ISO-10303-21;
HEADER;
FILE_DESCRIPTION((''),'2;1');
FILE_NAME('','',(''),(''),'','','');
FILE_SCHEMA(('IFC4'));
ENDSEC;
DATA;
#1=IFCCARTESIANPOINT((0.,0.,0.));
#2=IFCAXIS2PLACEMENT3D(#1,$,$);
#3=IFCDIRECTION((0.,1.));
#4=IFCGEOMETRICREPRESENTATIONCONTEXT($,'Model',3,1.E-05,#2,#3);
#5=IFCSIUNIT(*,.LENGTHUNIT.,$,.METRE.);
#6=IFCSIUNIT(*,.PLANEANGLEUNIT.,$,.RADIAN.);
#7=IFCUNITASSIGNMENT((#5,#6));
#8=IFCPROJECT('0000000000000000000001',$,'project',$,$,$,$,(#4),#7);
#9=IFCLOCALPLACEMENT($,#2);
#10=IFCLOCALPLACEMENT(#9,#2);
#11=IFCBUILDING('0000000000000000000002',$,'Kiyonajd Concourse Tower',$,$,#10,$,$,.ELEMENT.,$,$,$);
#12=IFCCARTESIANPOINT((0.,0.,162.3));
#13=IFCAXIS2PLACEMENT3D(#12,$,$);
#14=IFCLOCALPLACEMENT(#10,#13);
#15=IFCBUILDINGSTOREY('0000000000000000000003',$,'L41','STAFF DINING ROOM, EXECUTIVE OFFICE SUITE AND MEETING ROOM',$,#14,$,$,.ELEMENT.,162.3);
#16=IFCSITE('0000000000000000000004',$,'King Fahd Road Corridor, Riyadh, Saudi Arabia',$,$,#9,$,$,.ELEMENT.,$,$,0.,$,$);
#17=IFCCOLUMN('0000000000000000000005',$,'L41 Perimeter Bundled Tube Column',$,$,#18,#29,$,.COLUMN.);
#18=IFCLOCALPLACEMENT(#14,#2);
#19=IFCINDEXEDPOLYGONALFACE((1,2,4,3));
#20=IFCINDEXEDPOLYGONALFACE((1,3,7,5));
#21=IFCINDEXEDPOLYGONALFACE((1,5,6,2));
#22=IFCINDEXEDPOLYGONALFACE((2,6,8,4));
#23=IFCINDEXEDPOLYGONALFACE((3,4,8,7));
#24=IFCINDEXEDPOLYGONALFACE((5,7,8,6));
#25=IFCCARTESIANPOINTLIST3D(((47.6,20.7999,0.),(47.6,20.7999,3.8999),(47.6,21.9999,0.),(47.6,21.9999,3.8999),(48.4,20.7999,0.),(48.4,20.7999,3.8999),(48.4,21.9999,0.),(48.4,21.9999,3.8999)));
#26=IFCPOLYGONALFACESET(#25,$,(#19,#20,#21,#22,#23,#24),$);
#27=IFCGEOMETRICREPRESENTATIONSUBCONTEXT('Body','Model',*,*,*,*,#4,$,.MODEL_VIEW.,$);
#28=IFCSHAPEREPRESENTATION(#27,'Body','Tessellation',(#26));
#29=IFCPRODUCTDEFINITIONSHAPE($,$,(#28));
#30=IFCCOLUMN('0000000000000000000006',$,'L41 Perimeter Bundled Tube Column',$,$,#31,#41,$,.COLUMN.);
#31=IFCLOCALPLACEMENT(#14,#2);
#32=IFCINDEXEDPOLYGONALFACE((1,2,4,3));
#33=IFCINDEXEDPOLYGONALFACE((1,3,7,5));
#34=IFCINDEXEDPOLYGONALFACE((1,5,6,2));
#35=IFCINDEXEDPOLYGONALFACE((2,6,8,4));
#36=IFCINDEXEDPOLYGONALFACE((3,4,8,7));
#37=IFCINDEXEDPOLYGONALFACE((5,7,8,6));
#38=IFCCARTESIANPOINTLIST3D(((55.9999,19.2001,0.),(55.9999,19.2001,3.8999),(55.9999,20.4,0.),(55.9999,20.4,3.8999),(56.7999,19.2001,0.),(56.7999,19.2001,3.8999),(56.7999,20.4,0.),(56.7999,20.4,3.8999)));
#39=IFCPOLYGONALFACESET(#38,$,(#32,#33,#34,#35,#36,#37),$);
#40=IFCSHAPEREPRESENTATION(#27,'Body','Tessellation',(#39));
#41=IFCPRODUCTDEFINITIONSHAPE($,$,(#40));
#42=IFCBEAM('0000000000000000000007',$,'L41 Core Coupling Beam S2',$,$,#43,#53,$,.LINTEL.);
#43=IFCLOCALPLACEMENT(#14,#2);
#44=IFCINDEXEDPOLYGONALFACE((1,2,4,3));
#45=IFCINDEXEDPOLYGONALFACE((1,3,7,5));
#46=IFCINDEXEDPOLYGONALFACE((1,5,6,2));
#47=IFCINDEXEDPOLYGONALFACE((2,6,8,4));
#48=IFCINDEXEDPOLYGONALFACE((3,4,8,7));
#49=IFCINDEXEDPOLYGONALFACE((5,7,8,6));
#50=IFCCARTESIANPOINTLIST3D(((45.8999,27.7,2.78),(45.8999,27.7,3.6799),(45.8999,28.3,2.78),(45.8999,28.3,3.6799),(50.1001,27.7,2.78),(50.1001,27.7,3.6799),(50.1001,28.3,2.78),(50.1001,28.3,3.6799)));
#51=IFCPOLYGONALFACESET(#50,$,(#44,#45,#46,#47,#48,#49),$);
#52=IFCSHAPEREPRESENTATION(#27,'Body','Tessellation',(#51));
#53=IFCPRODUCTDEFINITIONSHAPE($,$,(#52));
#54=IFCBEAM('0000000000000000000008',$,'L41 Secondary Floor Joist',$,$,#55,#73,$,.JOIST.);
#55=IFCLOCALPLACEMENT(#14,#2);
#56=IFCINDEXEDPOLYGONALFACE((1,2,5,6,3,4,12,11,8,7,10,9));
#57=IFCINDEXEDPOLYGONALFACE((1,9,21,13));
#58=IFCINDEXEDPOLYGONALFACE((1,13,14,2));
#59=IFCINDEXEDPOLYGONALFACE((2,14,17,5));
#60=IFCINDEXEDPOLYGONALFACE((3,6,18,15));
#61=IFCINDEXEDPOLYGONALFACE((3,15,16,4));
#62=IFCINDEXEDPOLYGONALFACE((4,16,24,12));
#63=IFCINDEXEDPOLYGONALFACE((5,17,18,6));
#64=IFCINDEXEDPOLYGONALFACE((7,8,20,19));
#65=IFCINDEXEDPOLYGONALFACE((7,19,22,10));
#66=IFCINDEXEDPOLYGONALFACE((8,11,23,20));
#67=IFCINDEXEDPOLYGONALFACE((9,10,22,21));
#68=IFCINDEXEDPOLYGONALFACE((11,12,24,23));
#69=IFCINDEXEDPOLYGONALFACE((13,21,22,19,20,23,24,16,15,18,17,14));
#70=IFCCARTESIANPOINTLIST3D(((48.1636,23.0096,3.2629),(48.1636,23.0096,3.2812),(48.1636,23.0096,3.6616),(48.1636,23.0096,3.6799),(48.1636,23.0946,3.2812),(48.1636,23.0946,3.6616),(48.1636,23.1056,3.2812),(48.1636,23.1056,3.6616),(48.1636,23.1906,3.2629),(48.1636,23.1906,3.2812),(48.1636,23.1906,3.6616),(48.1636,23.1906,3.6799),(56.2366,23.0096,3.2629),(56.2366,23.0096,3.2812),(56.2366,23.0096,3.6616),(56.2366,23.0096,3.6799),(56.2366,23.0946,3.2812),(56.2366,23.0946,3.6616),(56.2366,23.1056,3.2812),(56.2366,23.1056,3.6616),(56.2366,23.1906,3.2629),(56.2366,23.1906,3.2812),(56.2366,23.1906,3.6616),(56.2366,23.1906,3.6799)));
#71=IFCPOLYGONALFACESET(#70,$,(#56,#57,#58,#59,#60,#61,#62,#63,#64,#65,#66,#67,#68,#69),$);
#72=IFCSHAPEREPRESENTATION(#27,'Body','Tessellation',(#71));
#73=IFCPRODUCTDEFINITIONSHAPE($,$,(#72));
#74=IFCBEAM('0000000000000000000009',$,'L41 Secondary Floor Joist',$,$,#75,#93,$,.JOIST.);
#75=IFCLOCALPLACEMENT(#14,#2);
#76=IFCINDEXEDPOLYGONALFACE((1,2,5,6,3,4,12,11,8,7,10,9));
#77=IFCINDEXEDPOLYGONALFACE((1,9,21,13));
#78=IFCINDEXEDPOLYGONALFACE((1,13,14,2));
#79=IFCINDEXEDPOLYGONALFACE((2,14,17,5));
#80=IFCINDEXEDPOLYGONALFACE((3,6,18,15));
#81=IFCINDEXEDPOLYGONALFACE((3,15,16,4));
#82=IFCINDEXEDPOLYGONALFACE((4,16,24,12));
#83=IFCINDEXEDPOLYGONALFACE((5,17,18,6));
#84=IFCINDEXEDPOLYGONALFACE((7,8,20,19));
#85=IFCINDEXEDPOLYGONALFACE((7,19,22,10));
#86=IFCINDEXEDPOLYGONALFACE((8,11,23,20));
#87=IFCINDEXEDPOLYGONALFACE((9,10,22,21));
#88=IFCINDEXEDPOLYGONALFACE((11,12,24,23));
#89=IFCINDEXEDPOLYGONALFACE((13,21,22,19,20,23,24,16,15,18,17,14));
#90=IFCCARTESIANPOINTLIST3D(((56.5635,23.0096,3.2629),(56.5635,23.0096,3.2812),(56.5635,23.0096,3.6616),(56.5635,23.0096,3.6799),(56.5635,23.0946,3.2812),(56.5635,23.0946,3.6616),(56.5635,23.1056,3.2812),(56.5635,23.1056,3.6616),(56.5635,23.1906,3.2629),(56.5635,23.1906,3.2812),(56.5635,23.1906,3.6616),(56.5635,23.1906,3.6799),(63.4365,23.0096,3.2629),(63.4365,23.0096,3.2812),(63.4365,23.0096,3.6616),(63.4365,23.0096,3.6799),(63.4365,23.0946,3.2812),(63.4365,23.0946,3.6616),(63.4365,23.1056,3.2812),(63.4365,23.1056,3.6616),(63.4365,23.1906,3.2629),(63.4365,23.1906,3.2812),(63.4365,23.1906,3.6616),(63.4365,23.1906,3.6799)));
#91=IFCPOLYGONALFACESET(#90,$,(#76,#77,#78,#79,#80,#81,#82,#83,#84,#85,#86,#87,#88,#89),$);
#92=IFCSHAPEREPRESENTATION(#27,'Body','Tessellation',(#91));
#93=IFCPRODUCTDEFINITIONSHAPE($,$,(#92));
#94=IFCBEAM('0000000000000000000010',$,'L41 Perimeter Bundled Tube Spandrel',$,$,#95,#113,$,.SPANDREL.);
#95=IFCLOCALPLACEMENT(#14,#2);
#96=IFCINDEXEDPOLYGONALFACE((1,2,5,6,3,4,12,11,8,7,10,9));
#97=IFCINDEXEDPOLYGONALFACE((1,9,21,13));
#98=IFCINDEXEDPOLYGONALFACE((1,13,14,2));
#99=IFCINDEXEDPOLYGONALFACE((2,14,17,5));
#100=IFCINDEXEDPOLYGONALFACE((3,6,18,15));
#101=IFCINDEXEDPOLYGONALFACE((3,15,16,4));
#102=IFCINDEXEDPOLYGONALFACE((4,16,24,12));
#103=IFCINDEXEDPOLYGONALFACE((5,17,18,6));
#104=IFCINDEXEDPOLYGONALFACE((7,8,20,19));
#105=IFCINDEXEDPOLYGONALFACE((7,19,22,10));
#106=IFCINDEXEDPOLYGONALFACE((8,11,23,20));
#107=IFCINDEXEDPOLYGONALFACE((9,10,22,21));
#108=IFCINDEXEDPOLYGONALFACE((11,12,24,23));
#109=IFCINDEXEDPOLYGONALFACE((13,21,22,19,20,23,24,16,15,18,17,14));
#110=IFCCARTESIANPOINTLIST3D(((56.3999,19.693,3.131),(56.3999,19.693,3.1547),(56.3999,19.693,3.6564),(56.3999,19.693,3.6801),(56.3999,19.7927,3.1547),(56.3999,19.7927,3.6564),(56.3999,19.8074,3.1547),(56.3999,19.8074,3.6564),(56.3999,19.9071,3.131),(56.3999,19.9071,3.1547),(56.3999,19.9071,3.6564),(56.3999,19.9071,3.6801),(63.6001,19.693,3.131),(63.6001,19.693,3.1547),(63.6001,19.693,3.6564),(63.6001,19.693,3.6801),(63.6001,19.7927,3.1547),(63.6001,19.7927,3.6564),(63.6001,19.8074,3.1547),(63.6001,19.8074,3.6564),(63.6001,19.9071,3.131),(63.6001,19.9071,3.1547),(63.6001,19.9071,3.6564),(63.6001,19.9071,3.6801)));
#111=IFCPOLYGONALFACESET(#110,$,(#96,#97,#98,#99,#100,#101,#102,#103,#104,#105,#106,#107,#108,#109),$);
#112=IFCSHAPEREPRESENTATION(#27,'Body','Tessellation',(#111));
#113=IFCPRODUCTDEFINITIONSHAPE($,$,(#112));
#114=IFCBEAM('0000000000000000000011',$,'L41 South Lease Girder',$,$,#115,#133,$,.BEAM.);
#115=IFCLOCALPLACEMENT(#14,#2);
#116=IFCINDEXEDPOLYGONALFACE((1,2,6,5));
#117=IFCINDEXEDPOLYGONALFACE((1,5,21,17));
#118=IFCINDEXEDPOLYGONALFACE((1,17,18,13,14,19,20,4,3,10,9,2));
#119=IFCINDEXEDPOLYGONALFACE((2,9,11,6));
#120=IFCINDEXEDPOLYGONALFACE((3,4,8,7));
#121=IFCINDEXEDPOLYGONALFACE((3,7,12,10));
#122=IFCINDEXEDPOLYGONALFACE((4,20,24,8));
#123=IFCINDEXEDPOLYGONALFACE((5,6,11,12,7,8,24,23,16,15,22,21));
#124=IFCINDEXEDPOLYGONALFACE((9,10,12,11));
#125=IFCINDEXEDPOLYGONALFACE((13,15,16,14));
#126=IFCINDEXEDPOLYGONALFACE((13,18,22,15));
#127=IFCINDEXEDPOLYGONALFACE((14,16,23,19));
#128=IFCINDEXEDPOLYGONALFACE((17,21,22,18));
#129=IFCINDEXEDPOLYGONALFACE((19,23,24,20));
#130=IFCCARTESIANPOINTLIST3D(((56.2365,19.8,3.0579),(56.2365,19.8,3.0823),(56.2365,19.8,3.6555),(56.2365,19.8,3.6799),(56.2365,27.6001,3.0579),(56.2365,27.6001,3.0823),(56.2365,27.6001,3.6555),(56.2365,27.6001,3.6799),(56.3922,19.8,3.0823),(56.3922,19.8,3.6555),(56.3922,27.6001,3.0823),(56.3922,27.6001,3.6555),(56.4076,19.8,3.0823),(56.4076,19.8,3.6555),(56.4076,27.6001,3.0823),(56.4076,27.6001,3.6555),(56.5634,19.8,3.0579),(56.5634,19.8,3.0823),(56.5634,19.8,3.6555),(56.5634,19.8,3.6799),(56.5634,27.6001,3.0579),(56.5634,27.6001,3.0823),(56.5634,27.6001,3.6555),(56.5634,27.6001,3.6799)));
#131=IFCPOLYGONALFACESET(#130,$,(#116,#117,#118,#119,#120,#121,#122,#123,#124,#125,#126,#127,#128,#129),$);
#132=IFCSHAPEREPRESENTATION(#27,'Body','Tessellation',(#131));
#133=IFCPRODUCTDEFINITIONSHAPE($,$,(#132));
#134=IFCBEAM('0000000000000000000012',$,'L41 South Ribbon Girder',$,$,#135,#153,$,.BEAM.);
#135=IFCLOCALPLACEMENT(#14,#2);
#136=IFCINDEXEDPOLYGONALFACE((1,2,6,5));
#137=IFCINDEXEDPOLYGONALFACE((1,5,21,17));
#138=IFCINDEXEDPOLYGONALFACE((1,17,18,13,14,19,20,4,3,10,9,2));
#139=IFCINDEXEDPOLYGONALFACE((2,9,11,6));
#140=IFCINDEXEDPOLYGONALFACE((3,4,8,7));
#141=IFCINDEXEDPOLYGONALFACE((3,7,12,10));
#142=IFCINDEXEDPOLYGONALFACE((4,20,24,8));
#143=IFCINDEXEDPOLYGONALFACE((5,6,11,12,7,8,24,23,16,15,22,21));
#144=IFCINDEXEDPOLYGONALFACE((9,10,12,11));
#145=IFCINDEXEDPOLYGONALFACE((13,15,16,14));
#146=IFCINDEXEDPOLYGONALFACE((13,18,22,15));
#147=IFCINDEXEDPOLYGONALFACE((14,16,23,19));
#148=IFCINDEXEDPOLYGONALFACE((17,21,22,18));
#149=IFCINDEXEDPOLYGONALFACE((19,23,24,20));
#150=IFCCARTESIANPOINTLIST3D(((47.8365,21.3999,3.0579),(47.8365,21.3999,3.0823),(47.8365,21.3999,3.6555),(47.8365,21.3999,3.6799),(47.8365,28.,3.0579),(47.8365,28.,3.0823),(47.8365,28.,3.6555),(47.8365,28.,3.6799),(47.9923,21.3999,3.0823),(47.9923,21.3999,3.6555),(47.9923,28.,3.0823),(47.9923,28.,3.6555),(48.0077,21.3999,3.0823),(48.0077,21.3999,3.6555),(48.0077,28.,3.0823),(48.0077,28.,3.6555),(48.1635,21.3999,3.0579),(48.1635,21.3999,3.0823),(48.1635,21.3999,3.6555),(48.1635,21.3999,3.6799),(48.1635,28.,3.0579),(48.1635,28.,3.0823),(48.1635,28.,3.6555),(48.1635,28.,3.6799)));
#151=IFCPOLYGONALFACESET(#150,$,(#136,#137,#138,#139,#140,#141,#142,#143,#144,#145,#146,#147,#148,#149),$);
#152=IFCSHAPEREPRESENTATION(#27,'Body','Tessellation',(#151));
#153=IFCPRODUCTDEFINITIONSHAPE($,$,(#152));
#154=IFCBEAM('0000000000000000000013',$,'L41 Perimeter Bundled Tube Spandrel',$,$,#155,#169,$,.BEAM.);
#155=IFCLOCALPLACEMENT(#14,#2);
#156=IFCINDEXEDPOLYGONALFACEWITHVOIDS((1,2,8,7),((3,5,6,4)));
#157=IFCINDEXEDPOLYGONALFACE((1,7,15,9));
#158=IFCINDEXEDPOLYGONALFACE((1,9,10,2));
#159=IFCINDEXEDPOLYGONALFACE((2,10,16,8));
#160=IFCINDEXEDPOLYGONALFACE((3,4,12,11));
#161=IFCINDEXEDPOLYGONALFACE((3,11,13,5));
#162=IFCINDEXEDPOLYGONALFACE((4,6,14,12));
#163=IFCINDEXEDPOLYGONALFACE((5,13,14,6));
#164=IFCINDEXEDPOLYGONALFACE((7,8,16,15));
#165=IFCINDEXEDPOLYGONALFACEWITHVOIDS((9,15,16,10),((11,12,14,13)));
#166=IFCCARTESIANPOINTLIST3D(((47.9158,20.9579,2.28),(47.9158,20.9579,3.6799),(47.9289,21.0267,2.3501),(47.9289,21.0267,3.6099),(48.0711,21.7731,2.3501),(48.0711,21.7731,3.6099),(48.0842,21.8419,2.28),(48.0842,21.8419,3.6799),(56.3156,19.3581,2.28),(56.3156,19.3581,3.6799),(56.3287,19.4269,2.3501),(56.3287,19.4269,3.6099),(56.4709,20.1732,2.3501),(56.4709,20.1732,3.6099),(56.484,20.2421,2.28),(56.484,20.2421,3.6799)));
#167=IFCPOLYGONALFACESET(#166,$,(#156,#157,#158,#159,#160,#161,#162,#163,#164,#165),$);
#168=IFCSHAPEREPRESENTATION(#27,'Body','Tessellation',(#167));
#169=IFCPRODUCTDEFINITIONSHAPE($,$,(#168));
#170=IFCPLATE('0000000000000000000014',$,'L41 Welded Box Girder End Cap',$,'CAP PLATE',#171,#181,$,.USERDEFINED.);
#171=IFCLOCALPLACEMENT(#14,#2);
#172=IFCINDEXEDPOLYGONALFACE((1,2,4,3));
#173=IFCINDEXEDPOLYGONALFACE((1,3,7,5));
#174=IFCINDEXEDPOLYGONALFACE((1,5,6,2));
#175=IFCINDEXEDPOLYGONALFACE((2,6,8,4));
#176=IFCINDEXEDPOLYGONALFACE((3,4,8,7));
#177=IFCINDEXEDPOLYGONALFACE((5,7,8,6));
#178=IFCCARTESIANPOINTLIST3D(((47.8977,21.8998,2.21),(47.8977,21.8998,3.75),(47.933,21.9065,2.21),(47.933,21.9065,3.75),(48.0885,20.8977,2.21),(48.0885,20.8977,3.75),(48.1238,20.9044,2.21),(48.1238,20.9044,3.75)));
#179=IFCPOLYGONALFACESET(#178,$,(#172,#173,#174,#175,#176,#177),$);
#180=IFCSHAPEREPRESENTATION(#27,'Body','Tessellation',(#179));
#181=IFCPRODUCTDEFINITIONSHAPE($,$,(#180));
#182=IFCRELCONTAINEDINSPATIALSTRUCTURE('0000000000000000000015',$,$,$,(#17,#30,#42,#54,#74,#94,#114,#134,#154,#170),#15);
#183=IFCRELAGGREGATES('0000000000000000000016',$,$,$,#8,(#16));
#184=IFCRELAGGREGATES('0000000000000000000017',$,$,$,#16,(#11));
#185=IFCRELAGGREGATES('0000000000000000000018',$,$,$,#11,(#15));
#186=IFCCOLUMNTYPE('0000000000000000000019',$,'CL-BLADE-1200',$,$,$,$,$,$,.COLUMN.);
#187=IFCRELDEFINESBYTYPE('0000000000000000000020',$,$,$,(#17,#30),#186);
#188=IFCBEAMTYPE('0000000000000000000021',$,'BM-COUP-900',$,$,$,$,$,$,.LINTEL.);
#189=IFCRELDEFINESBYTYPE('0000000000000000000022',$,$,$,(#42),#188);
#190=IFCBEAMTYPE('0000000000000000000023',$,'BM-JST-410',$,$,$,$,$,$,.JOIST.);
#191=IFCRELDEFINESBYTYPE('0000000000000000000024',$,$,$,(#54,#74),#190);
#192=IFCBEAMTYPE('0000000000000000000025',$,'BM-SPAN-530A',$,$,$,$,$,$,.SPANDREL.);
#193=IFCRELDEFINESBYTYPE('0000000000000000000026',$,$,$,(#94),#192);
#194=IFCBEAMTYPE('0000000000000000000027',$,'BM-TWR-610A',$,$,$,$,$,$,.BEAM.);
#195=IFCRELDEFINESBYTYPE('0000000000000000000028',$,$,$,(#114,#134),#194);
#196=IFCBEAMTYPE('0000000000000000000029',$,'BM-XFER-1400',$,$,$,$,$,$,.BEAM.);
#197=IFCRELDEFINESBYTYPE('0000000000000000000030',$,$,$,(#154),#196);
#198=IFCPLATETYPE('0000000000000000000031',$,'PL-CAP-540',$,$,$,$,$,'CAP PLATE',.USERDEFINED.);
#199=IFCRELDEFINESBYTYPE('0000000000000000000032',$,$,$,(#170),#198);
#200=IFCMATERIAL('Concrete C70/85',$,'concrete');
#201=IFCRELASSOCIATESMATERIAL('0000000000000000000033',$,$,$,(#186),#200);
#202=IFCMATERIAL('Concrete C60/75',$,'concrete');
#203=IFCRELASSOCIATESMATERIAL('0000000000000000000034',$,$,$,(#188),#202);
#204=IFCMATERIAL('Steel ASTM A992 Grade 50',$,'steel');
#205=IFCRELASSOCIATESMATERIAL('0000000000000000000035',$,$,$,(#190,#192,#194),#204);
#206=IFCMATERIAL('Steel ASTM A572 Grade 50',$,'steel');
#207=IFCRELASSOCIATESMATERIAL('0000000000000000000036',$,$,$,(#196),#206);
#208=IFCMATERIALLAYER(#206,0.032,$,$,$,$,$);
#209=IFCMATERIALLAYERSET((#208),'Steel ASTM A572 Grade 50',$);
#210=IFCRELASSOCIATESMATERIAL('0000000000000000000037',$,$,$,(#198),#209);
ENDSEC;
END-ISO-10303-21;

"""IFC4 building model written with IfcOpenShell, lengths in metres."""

from ifc_helpers import new_model, si_unit, direction, frame, origin, origin_2d, place, context, subcontext, project, spatial, rectangle, hollow_rectangle, i_section, extrude, material, layer, layer_set, material_profile, profile_set, type_object, element, save


model = new_model("IFC4")

# Units and contexts
model_context = context("Model", 3, precision=1e-05, world=origin(), true_north=direction((0.0, 1.0)))
body_context = subcontext(model_context, "Body", "Model", "MODEL_VIEW")
ifc_project = project(units=[si_unit("LENGTHUNIT", "METRE"), si_unit("PLANEANGLEUNIT", "RADIAN")], contexts=[model_context])

# Site, building, storey
site_placement = place(None, origin())
site = spatial("IfcSite", under=ifc_project, at=site_placement, Name="King Fahd Road Corridor, Riyadh, Saudi Arabia", CompositionType="ELEMENT", RefElevation=0.0)
building_placement = place(site_placement, origin())
building = spatial("IfcBuilding", under=site, at=building_placement, Name="Kiyonajd Concourse Tower", CompositionType="ELEMENT")
storey_placement = place(building_placement, frame((0.0, 0.0, 162.3)))
storey = spatial("IfcBuildingStorey", under=building, at=storey_placement, Name="L41", Description="STAFF DINING ROOM, EXECUTIVE OFFICE SUITE AND MEETING ROOM", CompositionType="ELEMENT", Elevation=162.3)

# Columns
ifc_material_1 = material(Name="Concrete C70/85", Category="concrete")
ifc_material_profile_1 = material_profile(ifc_material_1, rectangle(XDim=0.8, YDim=1.2, at=origin_2d()), Name="RC-1200x800")
ifc_profile_set_1 = profile_set([ifc_material_profile_1], Name="Concrete C70/85")
column_type = type_object("IfcColumnType", Name="CL-BLADE-1200", PredefinedType="COLUMN", material=ifc_profile_set_1)
for number, where, z_axis, x_axis, name in (
    (1, (48.0, 21.3999, 0.0), (0.0, 0.0, 1.0), (1.0, 0.0, 0.0), "L41 Perimeter Bundled Tube Column"),
    (2, (56.3999, 19.8, 0.0), (0.0, 0.0, 1.0), (1.0, 0.0, 0.0), "L41 Perimeter Bundled Tube Column"),
):
    element("IfcColumn", number, at=place(storey_placement, frame(where, z_axis=z_axis, x_axis=x_axis)), inside=storey, type_object=column_type, Name=name, PredefinedType="COLUMN", context=body_context, shape_type="SweptSolid", body=[
        extrude(rectangle(XDim=0.8, YDim=1.2, at=origin_2d()), origin(), (0.0, 0.0, 1.0), 3.8999),
    ])

# Beams
ifc_material_2 = material(Name="Concrete C60/75", Category="concrete")
ifc_material_profile_2 = material_profile(ifc_material_2, rectangle(XDim=0.6001, YDim=0.8999, at=origin_2d()), Name="RCBM-600x900")
ifc_profile_set_2 = profile_set([ifc_material_profile_2], Name="Concrete C60/75")
beam_type_1 = type_object("IfcBeamType", Name="BM-COUP-900", PredefinedType="LINTEL", material=ifc_profile_set_2)
beam_1_placement = place(storey_placement, frame((45.8999, 28.0, 3.23), z_axis=(1.0, 0.0, 0.0), x_axis=(0.0, 1.0, 0.0)))
element("IfcBeam", 3, at=beam_1_placement, inside=storey, type_object=beam_type_1, Name="L41 Core Coupling Beam S2", PredefinedType="LINTEL", context=body_context, shape_type="SweptSolid", body=[
    extrude(rectangle(XDim=0.6001, YDim=0.8999, at=origin_2d()), origin(), (0.0, 0.0, 1.0), 4.2002),
])
ifc_material_3 = material(Name="Steel ASTM A992 Grade 50", Category="steel")
ifc_material_profile_3 = material_profile(ifc_material_3, i_section(OverallWidth=0.1809, OverallDepth=0.417, WebThickness=0.011, FlangeThickness=0.0183, at=origin_2d()), Name="W410X85")
ifc_profile_set_3 = profile_set([ifc_material_profile_3], Name="Steel ASTM A992 Grade 50")
beam_type_2 = type_object("IfcBeamType", Name="BM-JST-410", PredefinedType="JOIST", material=ifc_profile_set_3)
beam_2_placement = place(storey_placement, frame((48.1636, 23.1001, 3.4714), z_axis=(1.0, 0.0, 0.0), x_axis=(0.0, 1.0, 0.0)))
element("IfcBeam", 4, at=beam_2_placement, inside=storey, type_object=beam_type_2, Name="L41 Secondary Floor Joist", PredefinedType="JOIST", context=body_context, shape_type="SweptSolid", body=[
    extrude(i_section(OverallWidth=0.1809, OverallDepth=0.417, WebThickness=0.011, FlangeThickness=0.0183, at=origin_2d()), origin(), (0.0, 0.0, 1.0), 8.073),
])
beam_3_placement = place(storey_placement, frame((56.5635, 23.1001, 3.4714), z_axis=(1.0, 0.0, 0.0), x_axis=(0.0, 1.0, 0.0)))
element("IfcBeam", 5, at=beam_3_placement, inside=storey, type_object=beam_type_2, Name="L41 Secondary Floor Joist", PredefinedType="JOIST", context=body_context, shape_type="SweptSolid", body=[
    extrude(i_section(OverallWidth=0.1809, OverallDepth=0.417, WebThickness=0.011, FlangeThickness=0.0183, at=origin_2d()), origin(), (0.0, 0.0, 1.0), 6.873),
])
ifc_material_profile_4 = material_profile(ifc_material_3, i_section(OverallWidth=0.2141, OverallDepth=0.5491, WebThickness=0.0146, FlangeThickness=0.0237, at=origin_2d()), Name="W530X138")
ifc_profile_set_4 = profile_set([ifc_material_profile_4], Name="Steel ASTM A992 Grade 50")
beam_type_3 = type_object("IfcBeamType", Name="BM-SPAN-530A", PredefinedType="SPANDREL", material=ifc_profile_set_4)
beam_4_placement = place(storey_placement, frame((56.3999, 19.8, 3.4055), z_axis=(1.0, 0.0, 0.0), x_axis=(0.0, 1.0, 0.0)))
element("IfcBeam", 6, at=beam_4_placement, inside=storey, type_object=beam_type_3, Name="L41 Perimeter Bundled Tube Spandrel", PredefinedType="SPANDREL", context=body_context, shape_type="SweptSolid", body=[
    extrude(i_section(OverallWidth=0.2141, OverallDepth=0.5491, WebThickness=0.0146, FlangeThickness=0.0237, at=origin_2d()), origin(), (0.0, 0.0, 1.0), 7.2002),
])
ifc_material_profile_5 = material_profile(ifc_material_3, i_section(OverallWidth=0.3269, OverallDepth=0.6221, WebThickness=0.0154, FlangeThickness=0.0244, at=origin_2d()), Name="W610X195")
ifc_profile_set_5 = profile_set([ifc_material_profile_5], Name="Steel ASTM A992 Grade 50")
beam_type_4 = type_object("IfcBeamType", Name="BM-TWR-610A", PredefinedType="BEAM", material=ifc_profile_set_5)
beam_5_placement = place(storey_placement, frame((56.3999, 19.8, 3.3689), z_axis=(0.0, 1.0, 0.0), x_axis=(-1.0, 0.0, 0.0)))
element("IfcBeam", 7, at=beam_5_placement, inside=storey, type_object=beam_type_4, Name="L41 South Lease Girder", PredefinedType="BEAM", context=body_context, shape_type="SweptSolid", body=[
    extrude(i_section(OverallWidth=0.3269, OverallDepth=0.6221, WebThickness=0.0154, FlangeThickness=0.0244, at=origin_2d()), origin(), (0.0, 0.0, 1.0), 7.8),
])
beam_6_placement = place(storey_placement, frame((48.0, 21.3999, 3.3689), z_axis=(0.0, 1.0, 0.0), x_axis=(-1.0, 0.0, 0.0)))
element("IfcBeam", 8, at=beam_6_placement, inside=storey, type_object=beam_type_4, Name="L41 South Ribbon Girder", PredefinedType="BEAM", context=body_context, shape_type="SweptSolid", body=[
    extrude(i_section(OverallWidth=0.3269, OverallDepth=0.6221, WebThickness=0.0154, FlangeThickness=0.0244, at=origin_2d()), origin(), (0.0, 0.0, 1.0), 6.6001),
])
ifc_material_4 = material(Name="Steel ASTM A572 Grade 50", Category="steel")
ifc_material_profile_6 = material_profile(ifc_material_4, hollow_rectangle(XDim=0.8999, YDim=1.3999, WallThickness=0.0701, at=origin_2d()), Name="BOX-1400x900x70")
ifc_profile_set_6 = profile_set([ifc_material_profile_6], Name="Steel ASTM A572 Grade 50")
beam_type_5 = type_object("IfcBeamType", Name="BM-XFER-1400", PredefinedType="BEAM", material=ifc_profile_set_6)
beam_7_placement = place(storey_placement, frame((48.0, 21.3999, 2.98), z_axis=(0.982341, -0.187098, 0.0), x_axis=(0.187098, 0.982341, 0.0)))
element("IfcBeam", 9, at=beam_7_placement, inside=storey, type_object=beam_type_5, Name="L41 Perimeter Bundled Tube Spandrel", PredefinedType="BEAM", context=body_context, shape_type="SweptSolid", body=[
    extrude(hollow_rectangle(XDim=0.8999, YDim=1.3999, WallThickness=0.0701, at=origin_2d()), origin(), (0.0, 0.0, 1.0), 8.5508),
])

# Plate
ifc_layer_1 = layer(ifc_material_4, 0.032)
ifc_layer_set_1 = layer_set([ifc_layer_1], Name="Steel ASTM A572 Grade 50")
plate_type_1 = type_object("IfcPlateType", Name="PL-CAP-540", ElementType="CAP PLATE", PredefinedType="USERDEFINED", material=ifc_layer_set_1)
for number, where, z_axis, x_axis, name in (
    (10, (48.0107, 21.4021, 2.21), (0.0, 0.0, 1.0), (0.982353, 0.187038, 0.0), "L41 Welded Box Girder End Cap"),
):
    element("IfcPlate", number, at=place(storey_placement, frame(where, z_axis=z_axis, x_axis=x_axis)), inside=storey, type_object=plate_type_1, Name=name, ObjectType="CAP PLATE", PredefinedType="USERDEFINED", context=body_context, shape_type="SweptSolid", body=[
        extrude(rectangle(XDim=0.0359, YDim=1.02, at=origin_2d()), origin(), (0.0, 0.0, 1.0), 1.54),
    ])

save(model, "model.ifc")
